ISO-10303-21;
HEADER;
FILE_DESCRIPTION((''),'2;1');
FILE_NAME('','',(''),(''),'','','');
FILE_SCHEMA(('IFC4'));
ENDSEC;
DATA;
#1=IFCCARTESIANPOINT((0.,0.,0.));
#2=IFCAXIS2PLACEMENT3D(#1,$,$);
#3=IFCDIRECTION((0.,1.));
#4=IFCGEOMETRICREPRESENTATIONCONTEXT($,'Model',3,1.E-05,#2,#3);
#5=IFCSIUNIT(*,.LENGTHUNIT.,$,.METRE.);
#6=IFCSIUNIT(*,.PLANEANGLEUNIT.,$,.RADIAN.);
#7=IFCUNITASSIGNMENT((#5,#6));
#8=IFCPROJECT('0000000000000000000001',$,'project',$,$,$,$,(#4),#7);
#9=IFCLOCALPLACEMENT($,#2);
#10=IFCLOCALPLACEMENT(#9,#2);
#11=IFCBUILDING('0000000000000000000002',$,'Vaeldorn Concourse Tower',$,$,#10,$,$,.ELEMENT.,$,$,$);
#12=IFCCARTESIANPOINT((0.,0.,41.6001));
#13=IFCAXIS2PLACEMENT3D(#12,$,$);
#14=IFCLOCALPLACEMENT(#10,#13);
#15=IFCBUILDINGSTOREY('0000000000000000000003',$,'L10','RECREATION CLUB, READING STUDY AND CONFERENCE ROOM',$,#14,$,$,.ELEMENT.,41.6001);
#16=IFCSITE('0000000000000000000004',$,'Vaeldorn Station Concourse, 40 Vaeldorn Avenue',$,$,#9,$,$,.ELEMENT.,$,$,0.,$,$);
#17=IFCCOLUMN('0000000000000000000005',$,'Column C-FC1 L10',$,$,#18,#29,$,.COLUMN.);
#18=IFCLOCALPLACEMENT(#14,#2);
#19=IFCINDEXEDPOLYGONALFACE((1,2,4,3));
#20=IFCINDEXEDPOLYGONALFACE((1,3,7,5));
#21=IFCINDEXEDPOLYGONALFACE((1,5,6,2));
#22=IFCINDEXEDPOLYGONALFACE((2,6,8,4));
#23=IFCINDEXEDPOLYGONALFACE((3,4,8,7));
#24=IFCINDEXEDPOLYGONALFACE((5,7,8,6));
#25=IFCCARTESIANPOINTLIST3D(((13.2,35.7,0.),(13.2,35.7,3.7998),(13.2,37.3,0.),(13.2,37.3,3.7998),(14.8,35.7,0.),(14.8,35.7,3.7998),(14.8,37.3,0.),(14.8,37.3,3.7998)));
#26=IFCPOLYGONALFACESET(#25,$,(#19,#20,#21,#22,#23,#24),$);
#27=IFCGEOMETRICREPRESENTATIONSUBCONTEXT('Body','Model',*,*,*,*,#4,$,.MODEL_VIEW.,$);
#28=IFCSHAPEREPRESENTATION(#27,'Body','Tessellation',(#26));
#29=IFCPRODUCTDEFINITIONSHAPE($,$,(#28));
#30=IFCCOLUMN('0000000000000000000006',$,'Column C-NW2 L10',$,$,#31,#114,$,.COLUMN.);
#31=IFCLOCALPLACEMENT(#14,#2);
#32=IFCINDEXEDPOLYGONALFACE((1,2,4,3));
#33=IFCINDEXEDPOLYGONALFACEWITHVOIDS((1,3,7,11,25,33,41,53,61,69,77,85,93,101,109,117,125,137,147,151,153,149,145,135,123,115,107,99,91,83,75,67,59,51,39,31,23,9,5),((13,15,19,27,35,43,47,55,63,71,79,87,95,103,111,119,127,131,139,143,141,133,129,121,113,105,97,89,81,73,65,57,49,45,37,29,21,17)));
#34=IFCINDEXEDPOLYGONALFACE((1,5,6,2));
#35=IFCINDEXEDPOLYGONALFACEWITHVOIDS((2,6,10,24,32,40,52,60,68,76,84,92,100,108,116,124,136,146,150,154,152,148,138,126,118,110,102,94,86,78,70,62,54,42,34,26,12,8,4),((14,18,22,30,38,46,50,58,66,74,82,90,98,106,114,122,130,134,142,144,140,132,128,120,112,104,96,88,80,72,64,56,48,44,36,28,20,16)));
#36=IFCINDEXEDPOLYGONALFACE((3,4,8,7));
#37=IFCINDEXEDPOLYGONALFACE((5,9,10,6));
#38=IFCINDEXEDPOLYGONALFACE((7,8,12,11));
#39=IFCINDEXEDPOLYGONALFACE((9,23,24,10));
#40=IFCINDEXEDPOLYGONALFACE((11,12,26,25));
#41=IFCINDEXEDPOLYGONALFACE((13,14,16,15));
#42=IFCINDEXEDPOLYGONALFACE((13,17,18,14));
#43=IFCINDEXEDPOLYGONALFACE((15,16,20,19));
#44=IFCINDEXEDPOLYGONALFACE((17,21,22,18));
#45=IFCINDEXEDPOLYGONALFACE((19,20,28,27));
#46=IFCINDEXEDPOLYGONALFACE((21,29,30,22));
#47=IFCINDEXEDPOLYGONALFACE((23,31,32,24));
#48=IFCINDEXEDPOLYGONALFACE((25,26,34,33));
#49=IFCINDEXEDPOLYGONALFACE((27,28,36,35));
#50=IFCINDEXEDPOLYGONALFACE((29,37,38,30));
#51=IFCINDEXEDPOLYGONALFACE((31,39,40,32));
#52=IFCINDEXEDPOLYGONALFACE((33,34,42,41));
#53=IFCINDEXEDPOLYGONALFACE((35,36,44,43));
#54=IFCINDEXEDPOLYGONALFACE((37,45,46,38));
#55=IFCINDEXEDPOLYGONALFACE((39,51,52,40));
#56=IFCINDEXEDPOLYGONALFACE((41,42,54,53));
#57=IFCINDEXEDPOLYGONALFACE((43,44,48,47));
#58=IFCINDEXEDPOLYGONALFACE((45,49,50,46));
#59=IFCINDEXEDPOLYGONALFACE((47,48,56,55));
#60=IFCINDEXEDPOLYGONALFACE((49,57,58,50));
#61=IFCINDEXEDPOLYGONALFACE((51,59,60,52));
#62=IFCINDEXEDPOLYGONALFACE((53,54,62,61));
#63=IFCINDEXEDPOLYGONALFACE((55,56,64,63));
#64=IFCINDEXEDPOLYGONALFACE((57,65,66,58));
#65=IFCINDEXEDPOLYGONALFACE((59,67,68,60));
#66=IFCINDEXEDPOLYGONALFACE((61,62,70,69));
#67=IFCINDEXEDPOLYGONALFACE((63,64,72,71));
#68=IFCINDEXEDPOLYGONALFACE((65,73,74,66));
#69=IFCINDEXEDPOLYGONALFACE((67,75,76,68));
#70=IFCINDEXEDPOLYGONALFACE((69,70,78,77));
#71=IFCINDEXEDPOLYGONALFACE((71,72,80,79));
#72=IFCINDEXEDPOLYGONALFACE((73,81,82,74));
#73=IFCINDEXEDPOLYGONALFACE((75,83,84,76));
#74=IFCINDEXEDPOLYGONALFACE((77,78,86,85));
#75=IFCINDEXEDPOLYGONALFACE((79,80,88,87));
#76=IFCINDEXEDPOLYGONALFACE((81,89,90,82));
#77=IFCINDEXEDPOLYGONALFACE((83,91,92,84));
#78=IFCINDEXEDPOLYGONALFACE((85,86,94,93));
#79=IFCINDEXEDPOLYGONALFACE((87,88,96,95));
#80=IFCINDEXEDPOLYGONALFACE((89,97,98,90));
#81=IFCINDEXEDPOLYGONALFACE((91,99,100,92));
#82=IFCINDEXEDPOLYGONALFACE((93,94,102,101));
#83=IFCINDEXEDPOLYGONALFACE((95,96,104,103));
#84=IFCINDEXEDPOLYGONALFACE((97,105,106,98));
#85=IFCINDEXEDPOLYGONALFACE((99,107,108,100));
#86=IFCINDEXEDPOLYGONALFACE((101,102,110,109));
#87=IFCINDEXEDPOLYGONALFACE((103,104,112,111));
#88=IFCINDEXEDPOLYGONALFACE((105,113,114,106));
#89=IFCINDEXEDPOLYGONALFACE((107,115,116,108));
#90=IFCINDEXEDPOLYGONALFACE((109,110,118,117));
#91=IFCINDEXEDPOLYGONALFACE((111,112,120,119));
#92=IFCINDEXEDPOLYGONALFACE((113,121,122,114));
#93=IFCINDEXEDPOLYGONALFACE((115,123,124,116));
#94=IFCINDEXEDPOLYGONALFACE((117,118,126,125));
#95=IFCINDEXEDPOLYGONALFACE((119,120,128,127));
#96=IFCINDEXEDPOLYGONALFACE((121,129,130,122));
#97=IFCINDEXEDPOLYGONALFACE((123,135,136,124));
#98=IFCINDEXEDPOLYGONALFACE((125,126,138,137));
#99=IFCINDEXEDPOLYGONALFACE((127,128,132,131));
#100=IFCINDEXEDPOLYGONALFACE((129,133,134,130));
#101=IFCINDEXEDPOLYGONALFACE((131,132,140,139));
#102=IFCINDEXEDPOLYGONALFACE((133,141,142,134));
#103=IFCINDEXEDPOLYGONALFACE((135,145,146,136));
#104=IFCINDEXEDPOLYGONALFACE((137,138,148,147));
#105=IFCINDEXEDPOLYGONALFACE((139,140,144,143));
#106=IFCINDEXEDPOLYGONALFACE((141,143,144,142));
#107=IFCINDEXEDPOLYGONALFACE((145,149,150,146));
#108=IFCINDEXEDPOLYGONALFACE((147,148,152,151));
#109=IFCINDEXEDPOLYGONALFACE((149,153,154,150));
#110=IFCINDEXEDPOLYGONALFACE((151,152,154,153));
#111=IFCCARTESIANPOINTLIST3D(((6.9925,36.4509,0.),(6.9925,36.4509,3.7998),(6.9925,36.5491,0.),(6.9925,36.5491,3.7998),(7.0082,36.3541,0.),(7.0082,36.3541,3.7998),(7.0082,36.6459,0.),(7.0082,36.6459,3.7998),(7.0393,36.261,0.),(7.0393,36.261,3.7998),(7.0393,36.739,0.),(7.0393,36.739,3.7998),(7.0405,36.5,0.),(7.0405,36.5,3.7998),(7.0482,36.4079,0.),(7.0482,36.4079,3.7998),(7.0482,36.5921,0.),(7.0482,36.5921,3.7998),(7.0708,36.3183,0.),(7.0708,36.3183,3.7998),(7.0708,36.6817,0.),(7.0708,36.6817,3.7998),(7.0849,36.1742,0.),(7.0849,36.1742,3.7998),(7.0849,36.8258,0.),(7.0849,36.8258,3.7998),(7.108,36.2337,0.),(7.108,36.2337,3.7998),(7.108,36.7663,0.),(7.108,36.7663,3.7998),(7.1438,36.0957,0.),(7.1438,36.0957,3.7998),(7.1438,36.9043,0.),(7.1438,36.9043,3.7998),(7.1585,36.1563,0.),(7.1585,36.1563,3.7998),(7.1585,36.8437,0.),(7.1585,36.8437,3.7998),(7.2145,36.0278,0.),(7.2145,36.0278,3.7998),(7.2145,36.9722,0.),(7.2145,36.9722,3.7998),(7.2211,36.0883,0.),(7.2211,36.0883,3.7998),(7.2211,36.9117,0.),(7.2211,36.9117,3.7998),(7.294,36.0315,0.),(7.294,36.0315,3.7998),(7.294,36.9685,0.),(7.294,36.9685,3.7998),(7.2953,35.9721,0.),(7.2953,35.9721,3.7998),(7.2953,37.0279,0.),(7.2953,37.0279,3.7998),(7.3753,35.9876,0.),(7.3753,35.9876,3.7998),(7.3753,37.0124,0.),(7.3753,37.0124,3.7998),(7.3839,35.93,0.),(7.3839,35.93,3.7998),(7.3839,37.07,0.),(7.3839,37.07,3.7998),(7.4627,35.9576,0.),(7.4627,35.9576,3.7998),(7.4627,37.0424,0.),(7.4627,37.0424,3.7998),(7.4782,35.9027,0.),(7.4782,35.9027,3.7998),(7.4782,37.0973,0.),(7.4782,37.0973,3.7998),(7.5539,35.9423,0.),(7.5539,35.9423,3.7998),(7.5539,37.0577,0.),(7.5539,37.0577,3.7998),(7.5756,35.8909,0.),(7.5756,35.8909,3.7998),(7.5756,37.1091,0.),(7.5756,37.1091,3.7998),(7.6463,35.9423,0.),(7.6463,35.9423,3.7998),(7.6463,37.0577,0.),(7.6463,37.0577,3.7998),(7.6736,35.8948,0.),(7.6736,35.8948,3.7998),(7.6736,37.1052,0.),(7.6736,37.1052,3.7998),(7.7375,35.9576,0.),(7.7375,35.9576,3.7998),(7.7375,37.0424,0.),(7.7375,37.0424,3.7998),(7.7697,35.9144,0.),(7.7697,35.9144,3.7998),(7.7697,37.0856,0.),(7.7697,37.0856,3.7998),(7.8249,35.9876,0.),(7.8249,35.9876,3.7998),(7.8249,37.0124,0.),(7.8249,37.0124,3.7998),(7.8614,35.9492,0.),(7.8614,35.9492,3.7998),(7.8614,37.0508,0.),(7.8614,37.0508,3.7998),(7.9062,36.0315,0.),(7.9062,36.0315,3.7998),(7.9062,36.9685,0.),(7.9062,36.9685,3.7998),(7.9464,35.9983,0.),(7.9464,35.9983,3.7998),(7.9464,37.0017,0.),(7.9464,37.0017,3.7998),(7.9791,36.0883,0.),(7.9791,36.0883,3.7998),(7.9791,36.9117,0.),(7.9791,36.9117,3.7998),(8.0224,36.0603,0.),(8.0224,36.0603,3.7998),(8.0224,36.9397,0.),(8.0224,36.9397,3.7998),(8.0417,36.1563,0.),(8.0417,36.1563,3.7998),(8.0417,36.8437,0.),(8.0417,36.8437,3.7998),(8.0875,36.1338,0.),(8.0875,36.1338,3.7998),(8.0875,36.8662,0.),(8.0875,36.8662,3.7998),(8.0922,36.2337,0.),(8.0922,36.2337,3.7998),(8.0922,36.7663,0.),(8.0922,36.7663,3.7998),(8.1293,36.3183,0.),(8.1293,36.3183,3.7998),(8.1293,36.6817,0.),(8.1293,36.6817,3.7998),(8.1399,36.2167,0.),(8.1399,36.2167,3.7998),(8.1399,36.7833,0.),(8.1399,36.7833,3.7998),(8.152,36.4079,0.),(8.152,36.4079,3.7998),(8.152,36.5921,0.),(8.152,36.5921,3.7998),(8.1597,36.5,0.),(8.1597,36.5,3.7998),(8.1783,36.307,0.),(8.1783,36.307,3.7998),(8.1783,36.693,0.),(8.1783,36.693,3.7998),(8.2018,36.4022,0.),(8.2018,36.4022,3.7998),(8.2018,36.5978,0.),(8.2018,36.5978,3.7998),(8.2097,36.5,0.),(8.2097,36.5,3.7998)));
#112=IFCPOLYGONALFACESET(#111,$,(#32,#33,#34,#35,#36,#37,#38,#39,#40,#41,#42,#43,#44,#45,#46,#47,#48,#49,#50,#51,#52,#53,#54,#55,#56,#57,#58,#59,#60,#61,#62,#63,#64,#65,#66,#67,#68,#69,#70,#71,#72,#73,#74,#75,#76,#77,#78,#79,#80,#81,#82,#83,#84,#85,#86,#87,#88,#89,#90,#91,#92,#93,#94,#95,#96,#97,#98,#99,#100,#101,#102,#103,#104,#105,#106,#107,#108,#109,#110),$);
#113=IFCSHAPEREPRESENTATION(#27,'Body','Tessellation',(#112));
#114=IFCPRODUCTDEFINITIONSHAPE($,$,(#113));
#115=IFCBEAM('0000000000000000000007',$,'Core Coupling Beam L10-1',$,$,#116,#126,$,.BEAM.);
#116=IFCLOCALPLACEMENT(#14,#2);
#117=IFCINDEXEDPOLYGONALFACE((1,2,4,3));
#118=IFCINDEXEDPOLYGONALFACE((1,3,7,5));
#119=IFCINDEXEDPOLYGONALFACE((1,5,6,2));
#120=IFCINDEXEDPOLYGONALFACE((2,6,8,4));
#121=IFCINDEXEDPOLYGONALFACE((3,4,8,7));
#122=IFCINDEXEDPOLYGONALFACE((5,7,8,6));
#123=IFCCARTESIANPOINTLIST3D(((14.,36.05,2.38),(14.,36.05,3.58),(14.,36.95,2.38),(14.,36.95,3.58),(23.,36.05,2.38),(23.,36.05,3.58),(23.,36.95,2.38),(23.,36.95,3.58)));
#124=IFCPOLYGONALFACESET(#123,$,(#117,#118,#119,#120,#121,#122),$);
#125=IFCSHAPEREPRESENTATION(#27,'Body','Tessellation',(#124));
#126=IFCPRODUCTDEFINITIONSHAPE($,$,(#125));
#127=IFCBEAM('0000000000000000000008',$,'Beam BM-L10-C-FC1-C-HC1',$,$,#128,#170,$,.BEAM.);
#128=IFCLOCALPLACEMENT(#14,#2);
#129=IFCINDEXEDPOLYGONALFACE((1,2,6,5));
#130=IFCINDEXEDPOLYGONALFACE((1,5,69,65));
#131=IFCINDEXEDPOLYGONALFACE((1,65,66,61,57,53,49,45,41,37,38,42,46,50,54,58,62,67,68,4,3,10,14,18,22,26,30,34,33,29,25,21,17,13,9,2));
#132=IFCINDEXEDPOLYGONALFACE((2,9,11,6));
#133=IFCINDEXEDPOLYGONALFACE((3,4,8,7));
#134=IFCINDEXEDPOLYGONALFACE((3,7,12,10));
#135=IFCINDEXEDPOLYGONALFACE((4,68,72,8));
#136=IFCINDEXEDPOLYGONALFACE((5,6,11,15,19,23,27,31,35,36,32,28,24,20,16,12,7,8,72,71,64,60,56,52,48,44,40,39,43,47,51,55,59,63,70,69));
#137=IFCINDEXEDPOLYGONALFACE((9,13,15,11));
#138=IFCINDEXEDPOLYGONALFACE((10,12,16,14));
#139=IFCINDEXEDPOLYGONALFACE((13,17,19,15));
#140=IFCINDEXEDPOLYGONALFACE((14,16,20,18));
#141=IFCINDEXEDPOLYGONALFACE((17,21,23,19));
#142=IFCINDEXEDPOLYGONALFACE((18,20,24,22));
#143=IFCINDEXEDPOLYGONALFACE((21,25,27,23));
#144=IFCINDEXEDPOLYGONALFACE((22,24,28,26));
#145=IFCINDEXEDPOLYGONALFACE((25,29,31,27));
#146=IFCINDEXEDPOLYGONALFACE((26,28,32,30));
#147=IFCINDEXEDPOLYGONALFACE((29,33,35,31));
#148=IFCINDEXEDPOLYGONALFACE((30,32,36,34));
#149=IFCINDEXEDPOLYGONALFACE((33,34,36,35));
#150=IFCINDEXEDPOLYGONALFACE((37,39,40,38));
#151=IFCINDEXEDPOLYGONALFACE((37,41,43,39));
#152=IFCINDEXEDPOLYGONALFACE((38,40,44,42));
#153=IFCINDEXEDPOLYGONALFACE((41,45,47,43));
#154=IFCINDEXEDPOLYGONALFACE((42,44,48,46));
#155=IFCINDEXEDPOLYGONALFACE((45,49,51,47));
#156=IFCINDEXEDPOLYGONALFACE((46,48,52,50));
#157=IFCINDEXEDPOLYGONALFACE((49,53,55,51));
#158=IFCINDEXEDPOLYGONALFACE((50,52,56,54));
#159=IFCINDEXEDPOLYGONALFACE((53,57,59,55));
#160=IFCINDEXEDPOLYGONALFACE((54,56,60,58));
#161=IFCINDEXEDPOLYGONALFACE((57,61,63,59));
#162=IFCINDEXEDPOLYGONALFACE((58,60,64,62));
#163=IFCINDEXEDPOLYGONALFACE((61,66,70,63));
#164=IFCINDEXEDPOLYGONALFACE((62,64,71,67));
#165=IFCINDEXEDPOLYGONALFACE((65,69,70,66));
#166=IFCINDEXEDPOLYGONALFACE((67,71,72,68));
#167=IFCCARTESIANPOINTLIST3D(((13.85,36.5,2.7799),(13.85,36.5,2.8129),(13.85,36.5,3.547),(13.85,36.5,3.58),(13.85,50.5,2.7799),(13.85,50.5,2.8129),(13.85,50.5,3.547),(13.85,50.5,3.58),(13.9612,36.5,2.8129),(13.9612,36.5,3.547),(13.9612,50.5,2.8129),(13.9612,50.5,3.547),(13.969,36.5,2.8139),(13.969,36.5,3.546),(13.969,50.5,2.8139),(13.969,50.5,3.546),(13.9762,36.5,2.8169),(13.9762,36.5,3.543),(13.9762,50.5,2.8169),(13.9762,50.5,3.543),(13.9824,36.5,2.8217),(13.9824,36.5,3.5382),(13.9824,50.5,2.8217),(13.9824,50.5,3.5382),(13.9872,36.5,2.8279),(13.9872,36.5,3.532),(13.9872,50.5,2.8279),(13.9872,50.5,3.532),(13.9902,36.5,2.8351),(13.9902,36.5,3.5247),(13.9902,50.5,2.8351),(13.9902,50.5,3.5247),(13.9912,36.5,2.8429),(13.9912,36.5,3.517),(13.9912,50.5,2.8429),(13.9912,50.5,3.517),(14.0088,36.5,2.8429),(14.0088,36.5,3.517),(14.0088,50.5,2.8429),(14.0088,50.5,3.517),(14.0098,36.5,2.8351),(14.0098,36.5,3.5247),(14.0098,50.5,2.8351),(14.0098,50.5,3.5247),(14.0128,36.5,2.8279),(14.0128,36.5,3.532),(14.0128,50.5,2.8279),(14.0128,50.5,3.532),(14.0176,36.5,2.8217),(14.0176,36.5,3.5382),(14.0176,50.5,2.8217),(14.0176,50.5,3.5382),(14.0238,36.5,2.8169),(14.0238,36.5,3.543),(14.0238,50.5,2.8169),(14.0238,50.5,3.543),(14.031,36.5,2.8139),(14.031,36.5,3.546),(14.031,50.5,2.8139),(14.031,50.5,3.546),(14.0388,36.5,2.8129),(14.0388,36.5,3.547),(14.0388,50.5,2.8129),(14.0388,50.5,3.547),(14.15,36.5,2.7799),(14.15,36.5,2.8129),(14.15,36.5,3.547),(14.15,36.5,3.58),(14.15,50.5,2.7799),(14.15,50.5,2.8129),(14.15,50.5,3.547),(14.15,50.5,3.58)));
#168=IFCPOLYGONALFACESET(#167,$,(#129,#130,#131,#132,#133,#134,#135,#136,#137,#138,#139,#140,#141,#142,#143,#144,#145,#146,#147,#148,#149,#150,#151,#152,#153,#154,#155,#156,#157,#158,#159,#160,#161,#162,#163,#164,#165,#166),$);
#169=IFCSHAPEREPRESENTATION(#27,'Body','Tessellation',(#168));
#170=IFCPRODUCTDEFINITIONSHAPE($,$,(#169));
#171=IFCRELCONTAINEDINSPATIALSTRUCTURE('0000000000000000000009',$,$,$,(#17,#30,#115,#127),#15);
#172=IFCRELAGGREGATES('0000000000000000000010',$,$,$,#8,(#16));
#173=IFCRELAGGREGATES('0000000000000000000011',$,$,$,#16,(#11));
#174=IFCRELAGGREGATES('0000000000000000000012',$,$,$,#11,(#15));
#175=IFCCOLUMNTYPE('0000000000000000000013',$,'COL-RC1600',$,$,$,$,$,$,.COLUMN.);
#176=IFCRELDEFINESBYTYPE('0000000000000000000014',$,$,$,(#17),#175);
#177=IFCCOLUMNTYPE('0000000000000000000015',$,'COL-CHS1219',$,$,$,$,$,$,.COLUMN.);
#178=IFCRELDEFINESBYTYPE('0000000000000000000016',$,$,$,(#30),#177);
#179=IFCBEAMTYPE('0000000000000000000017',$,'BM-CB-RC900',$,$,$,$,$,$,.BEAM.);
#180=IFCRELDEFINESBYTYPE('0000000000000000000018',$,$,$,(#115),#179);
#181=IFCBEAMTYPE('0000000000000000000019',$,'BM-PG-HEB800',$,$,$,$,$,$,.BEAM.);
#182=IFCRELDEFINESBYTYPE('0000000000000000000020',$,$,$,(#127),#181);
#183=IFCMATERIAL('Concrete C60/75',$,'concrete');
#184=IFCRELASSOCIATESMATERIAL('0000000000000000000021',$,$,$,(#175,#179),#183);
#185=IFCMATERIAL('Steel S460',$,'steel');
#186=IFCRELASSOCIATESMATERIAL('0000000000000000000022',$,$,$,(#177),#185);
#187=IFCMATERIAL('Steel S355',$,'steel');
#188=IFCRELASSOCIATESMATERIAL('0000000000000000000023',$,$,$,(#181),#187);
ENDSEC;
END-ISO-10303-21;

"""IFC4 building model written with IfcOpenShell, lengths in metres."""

from ifc_helpers import new_model, si_unit, direction, frame, origin, origin_2d, place, context, subcontext, project, spatial, rectangle, hollow_circle, i_section, extrude, source, transform, mapped, material, material_profile, profile_set, type_object, element, save


model = new_model("IFC4")

# Units and contexts
model_context = context("Model", 3, precision=1e-05, world=origin(), true_north=direction((0.0, 1.0)))
body_context = subcontext(model_context, "Body", "Model", "MODEL_VIEW")
ifc_project = project(units=[si_unit("LENGTHUNIT", "METRE"), si_unit("PLANEANGLEUNIT", "RADIAN")], contexts=[model_context])

# Site, building, storey
site_placement = place(None, origin())
site = spatial("IfcSite", under=ifc_project, at=site_placement, Name="Vaeldorn Station Concourse, 40 Vaeldorn Avenue", CompositionType="ELEMENT", RefElevation=0.0)
building_placement = place(site_placement, origin())
building = spatial("IfcBuilding", under=site, at=building_placement, Name="Vaeldorn Concourse Tower", CompositionType="ELEMENT")
storey_placement = place(building_placement, frame((0.0, 0.0, 41.6001)))
storey = spatial("IfcBuildingStorey", under=building, at=storey_placement, Name="L10", Description="RECREATION CLUB, READING STUDY AND CONFERENCE ROOM", CompositionType="ELEMENT", Elevation=41.6001)

# Columns
ifc_material_1 = material(Name="Concrete C60/75", Category="concrete")
ifc_material_profile_1 = material_profile(ifc_material_1, rectangle(XDim=1.6001, YDim=1.6001, at=origin_2d()), Name="RC 1600x1600")
ifc_profile_set_1 = profile_set([ifc_material_profile_1], Name="Concrete C60/75")
column_type_1 = type_object("IfcColumnType", Name="COL-RC1600", PredefinedType="COLUMN", material=ifc_profile_set_1)
shared_shape_1 = source(origin(), body_context, "Body", "SweptSolid", [
    extrude(rectangle(XDim=1.6001, YDim=1.6001, at=origin_2d()), origin(), (0.0, 0.0, 1.0), 3.7998),
])
column_1_placement = place(storey_placement, frame((14.0, 36.5, 0.0), z_axis=(0.0, 0.0, 1.0), x_axis=(1.0, 0.0, 0.0)))
element("IfcColumn", 1, at=column_1_placement, inside=storey, type_object=column_type_1, Name="Column C-FC1 L10", PredefinedType="COLUMN", context=body_context, shape_type="MappedRepresentation", body=[
    mapped(shared_shape_1, transform((0.0, 0.0, 0.0), scale=1.0)),
])
ifc_material_2 = material(Name="Steel S460", Category="steel")
ifc_material_profile_2 = material_profile(ifc_material_2, hollow_circle(Radius=0.6096, WallThickness=0.05, at=origin_2d()), Name="CHS 1219x50")
ifc_profile_set_2 = profile_set([ifc_material_profile_2], Name="Steel S460")
column_type_2 = type_object("IfcColumnType", Name="COL-CHS1219", PredefinedType="COLUMN", material=ifc_profile_set_2)
shared_shape_2 = source(origin(), body_context, "Body", "SweptSolid", [
    extrude(hollow_circle(Radius=0.6096, WallThickness=0.05, at=origin_2d()), origin(), (0.0, 0.0, 1.0), 3.7998),
])
column_2_placement = place(storey_placement, frame((7.6001, 36.5, 0.0), z_axis=(0.0, 0.0, 1.0), x_axis=(1.0, 0.0, 0.0)))
element("IfcColumn", 2, at=column_2_placement, inside=storey, type_object=column_type_2, Name="Column C-NW2 L10", PredefinedType="COLUMN", context=body_context, shape_type="MappedRepresentation", body=[
    mapped(shared_shape_2, transform((0.0, 0.0, 0.0), scale=1.0)),
])

# Beams
ifc_material_profile_3 = material_profile(ifc_material_1, rectangle(XDim=0.8999, YDim=1.2, at=origin_2d()), Name="RC 900x1200")
ifc_profile_set_3 = profile_set([ifc_material_profile_3], Name="Concrete C60/75")
beam_type_1 = type_object("IfcBeamType", Name="BM-CB-RC900", PredefinedType="BEAM", material=ifc_profile_set_3)
shared_shape_3 = source(origin(), body_context, "Body", "SweptSolid", [
    extrude(rectangle(XDim=0.8999, YDim=1.2, at=origin_2d()), origin(), (0.0, 0.0, 1.0), 9.0),
])
beam_1_placement = place(storey_placement, frame((14.0, 36.5, 2.98), z_axis=(1.0, 0.0, 0.0), x_axis=(0.0, 1.0, 0.0)))
element("IfcBeam", 3, at=beam_1_placement, inside=storey, type_object=beam_type_1, Name="Core Coupling Beam L10-1", PredefinedType="BEAM", context=body_context, shape_type="MappedRepresentation", body=[
    mapped(shared_shape_3, transform((0.0, 0.0, 0.0), scale=1.0)),
])
ifc_material_3 = material(Name="Steel S355", Category="steel")
ifc_material_profile_4 = material_profile(ifc_material_3, i_section(OverallWidth=0.3, OverallDepth=0.8, WebThickness=0.0176, FlangeThickness=0.033, FilletRadius=0.03, at=origin_2d()), Name="HEB 800")
ifc_profile_set_4 = profile_set([ifc_material_profile_4], Name="Steel S355")
beam_type_2 = type_object("IfcBeamType", Name="BM-PG-HEB800", PredefinedType="BEAM", material=ifc_profile_set_4)
shared_shape_4 = source(origin(), body_context, "Body", "SweptSolid", [
    extrude(i_section(OverallWidth=0.3, OverallDepth=0.8, WebThickness=0.0176, FlangeThickness=0.033, FilletRadius=0.03, at=origin_2d()), origin(), (0.0, 0.0, 1.0), 14.0),
])
beam_2_placement = place(storey_placement, frame((14.0, 36.5, 3.1799), z_axis=(0.0, 1.0, 0.0), x_axis=(-1.0, 0.0, 0.0)))
element("IfcBeam", 4, at=beam_2_placement, inside=storey, type_object=beam_type_2, Name="Beam BM-L10-C-FC1-C-HC1", PredefinedType="BEAM", context=body_context, shape_type="MappedRepresentation", body=[
    mapped(shared_shape_4, transform((0.0, 0.0, 0.0), scale=1.0)),
])

save(model, "model.ifc")
